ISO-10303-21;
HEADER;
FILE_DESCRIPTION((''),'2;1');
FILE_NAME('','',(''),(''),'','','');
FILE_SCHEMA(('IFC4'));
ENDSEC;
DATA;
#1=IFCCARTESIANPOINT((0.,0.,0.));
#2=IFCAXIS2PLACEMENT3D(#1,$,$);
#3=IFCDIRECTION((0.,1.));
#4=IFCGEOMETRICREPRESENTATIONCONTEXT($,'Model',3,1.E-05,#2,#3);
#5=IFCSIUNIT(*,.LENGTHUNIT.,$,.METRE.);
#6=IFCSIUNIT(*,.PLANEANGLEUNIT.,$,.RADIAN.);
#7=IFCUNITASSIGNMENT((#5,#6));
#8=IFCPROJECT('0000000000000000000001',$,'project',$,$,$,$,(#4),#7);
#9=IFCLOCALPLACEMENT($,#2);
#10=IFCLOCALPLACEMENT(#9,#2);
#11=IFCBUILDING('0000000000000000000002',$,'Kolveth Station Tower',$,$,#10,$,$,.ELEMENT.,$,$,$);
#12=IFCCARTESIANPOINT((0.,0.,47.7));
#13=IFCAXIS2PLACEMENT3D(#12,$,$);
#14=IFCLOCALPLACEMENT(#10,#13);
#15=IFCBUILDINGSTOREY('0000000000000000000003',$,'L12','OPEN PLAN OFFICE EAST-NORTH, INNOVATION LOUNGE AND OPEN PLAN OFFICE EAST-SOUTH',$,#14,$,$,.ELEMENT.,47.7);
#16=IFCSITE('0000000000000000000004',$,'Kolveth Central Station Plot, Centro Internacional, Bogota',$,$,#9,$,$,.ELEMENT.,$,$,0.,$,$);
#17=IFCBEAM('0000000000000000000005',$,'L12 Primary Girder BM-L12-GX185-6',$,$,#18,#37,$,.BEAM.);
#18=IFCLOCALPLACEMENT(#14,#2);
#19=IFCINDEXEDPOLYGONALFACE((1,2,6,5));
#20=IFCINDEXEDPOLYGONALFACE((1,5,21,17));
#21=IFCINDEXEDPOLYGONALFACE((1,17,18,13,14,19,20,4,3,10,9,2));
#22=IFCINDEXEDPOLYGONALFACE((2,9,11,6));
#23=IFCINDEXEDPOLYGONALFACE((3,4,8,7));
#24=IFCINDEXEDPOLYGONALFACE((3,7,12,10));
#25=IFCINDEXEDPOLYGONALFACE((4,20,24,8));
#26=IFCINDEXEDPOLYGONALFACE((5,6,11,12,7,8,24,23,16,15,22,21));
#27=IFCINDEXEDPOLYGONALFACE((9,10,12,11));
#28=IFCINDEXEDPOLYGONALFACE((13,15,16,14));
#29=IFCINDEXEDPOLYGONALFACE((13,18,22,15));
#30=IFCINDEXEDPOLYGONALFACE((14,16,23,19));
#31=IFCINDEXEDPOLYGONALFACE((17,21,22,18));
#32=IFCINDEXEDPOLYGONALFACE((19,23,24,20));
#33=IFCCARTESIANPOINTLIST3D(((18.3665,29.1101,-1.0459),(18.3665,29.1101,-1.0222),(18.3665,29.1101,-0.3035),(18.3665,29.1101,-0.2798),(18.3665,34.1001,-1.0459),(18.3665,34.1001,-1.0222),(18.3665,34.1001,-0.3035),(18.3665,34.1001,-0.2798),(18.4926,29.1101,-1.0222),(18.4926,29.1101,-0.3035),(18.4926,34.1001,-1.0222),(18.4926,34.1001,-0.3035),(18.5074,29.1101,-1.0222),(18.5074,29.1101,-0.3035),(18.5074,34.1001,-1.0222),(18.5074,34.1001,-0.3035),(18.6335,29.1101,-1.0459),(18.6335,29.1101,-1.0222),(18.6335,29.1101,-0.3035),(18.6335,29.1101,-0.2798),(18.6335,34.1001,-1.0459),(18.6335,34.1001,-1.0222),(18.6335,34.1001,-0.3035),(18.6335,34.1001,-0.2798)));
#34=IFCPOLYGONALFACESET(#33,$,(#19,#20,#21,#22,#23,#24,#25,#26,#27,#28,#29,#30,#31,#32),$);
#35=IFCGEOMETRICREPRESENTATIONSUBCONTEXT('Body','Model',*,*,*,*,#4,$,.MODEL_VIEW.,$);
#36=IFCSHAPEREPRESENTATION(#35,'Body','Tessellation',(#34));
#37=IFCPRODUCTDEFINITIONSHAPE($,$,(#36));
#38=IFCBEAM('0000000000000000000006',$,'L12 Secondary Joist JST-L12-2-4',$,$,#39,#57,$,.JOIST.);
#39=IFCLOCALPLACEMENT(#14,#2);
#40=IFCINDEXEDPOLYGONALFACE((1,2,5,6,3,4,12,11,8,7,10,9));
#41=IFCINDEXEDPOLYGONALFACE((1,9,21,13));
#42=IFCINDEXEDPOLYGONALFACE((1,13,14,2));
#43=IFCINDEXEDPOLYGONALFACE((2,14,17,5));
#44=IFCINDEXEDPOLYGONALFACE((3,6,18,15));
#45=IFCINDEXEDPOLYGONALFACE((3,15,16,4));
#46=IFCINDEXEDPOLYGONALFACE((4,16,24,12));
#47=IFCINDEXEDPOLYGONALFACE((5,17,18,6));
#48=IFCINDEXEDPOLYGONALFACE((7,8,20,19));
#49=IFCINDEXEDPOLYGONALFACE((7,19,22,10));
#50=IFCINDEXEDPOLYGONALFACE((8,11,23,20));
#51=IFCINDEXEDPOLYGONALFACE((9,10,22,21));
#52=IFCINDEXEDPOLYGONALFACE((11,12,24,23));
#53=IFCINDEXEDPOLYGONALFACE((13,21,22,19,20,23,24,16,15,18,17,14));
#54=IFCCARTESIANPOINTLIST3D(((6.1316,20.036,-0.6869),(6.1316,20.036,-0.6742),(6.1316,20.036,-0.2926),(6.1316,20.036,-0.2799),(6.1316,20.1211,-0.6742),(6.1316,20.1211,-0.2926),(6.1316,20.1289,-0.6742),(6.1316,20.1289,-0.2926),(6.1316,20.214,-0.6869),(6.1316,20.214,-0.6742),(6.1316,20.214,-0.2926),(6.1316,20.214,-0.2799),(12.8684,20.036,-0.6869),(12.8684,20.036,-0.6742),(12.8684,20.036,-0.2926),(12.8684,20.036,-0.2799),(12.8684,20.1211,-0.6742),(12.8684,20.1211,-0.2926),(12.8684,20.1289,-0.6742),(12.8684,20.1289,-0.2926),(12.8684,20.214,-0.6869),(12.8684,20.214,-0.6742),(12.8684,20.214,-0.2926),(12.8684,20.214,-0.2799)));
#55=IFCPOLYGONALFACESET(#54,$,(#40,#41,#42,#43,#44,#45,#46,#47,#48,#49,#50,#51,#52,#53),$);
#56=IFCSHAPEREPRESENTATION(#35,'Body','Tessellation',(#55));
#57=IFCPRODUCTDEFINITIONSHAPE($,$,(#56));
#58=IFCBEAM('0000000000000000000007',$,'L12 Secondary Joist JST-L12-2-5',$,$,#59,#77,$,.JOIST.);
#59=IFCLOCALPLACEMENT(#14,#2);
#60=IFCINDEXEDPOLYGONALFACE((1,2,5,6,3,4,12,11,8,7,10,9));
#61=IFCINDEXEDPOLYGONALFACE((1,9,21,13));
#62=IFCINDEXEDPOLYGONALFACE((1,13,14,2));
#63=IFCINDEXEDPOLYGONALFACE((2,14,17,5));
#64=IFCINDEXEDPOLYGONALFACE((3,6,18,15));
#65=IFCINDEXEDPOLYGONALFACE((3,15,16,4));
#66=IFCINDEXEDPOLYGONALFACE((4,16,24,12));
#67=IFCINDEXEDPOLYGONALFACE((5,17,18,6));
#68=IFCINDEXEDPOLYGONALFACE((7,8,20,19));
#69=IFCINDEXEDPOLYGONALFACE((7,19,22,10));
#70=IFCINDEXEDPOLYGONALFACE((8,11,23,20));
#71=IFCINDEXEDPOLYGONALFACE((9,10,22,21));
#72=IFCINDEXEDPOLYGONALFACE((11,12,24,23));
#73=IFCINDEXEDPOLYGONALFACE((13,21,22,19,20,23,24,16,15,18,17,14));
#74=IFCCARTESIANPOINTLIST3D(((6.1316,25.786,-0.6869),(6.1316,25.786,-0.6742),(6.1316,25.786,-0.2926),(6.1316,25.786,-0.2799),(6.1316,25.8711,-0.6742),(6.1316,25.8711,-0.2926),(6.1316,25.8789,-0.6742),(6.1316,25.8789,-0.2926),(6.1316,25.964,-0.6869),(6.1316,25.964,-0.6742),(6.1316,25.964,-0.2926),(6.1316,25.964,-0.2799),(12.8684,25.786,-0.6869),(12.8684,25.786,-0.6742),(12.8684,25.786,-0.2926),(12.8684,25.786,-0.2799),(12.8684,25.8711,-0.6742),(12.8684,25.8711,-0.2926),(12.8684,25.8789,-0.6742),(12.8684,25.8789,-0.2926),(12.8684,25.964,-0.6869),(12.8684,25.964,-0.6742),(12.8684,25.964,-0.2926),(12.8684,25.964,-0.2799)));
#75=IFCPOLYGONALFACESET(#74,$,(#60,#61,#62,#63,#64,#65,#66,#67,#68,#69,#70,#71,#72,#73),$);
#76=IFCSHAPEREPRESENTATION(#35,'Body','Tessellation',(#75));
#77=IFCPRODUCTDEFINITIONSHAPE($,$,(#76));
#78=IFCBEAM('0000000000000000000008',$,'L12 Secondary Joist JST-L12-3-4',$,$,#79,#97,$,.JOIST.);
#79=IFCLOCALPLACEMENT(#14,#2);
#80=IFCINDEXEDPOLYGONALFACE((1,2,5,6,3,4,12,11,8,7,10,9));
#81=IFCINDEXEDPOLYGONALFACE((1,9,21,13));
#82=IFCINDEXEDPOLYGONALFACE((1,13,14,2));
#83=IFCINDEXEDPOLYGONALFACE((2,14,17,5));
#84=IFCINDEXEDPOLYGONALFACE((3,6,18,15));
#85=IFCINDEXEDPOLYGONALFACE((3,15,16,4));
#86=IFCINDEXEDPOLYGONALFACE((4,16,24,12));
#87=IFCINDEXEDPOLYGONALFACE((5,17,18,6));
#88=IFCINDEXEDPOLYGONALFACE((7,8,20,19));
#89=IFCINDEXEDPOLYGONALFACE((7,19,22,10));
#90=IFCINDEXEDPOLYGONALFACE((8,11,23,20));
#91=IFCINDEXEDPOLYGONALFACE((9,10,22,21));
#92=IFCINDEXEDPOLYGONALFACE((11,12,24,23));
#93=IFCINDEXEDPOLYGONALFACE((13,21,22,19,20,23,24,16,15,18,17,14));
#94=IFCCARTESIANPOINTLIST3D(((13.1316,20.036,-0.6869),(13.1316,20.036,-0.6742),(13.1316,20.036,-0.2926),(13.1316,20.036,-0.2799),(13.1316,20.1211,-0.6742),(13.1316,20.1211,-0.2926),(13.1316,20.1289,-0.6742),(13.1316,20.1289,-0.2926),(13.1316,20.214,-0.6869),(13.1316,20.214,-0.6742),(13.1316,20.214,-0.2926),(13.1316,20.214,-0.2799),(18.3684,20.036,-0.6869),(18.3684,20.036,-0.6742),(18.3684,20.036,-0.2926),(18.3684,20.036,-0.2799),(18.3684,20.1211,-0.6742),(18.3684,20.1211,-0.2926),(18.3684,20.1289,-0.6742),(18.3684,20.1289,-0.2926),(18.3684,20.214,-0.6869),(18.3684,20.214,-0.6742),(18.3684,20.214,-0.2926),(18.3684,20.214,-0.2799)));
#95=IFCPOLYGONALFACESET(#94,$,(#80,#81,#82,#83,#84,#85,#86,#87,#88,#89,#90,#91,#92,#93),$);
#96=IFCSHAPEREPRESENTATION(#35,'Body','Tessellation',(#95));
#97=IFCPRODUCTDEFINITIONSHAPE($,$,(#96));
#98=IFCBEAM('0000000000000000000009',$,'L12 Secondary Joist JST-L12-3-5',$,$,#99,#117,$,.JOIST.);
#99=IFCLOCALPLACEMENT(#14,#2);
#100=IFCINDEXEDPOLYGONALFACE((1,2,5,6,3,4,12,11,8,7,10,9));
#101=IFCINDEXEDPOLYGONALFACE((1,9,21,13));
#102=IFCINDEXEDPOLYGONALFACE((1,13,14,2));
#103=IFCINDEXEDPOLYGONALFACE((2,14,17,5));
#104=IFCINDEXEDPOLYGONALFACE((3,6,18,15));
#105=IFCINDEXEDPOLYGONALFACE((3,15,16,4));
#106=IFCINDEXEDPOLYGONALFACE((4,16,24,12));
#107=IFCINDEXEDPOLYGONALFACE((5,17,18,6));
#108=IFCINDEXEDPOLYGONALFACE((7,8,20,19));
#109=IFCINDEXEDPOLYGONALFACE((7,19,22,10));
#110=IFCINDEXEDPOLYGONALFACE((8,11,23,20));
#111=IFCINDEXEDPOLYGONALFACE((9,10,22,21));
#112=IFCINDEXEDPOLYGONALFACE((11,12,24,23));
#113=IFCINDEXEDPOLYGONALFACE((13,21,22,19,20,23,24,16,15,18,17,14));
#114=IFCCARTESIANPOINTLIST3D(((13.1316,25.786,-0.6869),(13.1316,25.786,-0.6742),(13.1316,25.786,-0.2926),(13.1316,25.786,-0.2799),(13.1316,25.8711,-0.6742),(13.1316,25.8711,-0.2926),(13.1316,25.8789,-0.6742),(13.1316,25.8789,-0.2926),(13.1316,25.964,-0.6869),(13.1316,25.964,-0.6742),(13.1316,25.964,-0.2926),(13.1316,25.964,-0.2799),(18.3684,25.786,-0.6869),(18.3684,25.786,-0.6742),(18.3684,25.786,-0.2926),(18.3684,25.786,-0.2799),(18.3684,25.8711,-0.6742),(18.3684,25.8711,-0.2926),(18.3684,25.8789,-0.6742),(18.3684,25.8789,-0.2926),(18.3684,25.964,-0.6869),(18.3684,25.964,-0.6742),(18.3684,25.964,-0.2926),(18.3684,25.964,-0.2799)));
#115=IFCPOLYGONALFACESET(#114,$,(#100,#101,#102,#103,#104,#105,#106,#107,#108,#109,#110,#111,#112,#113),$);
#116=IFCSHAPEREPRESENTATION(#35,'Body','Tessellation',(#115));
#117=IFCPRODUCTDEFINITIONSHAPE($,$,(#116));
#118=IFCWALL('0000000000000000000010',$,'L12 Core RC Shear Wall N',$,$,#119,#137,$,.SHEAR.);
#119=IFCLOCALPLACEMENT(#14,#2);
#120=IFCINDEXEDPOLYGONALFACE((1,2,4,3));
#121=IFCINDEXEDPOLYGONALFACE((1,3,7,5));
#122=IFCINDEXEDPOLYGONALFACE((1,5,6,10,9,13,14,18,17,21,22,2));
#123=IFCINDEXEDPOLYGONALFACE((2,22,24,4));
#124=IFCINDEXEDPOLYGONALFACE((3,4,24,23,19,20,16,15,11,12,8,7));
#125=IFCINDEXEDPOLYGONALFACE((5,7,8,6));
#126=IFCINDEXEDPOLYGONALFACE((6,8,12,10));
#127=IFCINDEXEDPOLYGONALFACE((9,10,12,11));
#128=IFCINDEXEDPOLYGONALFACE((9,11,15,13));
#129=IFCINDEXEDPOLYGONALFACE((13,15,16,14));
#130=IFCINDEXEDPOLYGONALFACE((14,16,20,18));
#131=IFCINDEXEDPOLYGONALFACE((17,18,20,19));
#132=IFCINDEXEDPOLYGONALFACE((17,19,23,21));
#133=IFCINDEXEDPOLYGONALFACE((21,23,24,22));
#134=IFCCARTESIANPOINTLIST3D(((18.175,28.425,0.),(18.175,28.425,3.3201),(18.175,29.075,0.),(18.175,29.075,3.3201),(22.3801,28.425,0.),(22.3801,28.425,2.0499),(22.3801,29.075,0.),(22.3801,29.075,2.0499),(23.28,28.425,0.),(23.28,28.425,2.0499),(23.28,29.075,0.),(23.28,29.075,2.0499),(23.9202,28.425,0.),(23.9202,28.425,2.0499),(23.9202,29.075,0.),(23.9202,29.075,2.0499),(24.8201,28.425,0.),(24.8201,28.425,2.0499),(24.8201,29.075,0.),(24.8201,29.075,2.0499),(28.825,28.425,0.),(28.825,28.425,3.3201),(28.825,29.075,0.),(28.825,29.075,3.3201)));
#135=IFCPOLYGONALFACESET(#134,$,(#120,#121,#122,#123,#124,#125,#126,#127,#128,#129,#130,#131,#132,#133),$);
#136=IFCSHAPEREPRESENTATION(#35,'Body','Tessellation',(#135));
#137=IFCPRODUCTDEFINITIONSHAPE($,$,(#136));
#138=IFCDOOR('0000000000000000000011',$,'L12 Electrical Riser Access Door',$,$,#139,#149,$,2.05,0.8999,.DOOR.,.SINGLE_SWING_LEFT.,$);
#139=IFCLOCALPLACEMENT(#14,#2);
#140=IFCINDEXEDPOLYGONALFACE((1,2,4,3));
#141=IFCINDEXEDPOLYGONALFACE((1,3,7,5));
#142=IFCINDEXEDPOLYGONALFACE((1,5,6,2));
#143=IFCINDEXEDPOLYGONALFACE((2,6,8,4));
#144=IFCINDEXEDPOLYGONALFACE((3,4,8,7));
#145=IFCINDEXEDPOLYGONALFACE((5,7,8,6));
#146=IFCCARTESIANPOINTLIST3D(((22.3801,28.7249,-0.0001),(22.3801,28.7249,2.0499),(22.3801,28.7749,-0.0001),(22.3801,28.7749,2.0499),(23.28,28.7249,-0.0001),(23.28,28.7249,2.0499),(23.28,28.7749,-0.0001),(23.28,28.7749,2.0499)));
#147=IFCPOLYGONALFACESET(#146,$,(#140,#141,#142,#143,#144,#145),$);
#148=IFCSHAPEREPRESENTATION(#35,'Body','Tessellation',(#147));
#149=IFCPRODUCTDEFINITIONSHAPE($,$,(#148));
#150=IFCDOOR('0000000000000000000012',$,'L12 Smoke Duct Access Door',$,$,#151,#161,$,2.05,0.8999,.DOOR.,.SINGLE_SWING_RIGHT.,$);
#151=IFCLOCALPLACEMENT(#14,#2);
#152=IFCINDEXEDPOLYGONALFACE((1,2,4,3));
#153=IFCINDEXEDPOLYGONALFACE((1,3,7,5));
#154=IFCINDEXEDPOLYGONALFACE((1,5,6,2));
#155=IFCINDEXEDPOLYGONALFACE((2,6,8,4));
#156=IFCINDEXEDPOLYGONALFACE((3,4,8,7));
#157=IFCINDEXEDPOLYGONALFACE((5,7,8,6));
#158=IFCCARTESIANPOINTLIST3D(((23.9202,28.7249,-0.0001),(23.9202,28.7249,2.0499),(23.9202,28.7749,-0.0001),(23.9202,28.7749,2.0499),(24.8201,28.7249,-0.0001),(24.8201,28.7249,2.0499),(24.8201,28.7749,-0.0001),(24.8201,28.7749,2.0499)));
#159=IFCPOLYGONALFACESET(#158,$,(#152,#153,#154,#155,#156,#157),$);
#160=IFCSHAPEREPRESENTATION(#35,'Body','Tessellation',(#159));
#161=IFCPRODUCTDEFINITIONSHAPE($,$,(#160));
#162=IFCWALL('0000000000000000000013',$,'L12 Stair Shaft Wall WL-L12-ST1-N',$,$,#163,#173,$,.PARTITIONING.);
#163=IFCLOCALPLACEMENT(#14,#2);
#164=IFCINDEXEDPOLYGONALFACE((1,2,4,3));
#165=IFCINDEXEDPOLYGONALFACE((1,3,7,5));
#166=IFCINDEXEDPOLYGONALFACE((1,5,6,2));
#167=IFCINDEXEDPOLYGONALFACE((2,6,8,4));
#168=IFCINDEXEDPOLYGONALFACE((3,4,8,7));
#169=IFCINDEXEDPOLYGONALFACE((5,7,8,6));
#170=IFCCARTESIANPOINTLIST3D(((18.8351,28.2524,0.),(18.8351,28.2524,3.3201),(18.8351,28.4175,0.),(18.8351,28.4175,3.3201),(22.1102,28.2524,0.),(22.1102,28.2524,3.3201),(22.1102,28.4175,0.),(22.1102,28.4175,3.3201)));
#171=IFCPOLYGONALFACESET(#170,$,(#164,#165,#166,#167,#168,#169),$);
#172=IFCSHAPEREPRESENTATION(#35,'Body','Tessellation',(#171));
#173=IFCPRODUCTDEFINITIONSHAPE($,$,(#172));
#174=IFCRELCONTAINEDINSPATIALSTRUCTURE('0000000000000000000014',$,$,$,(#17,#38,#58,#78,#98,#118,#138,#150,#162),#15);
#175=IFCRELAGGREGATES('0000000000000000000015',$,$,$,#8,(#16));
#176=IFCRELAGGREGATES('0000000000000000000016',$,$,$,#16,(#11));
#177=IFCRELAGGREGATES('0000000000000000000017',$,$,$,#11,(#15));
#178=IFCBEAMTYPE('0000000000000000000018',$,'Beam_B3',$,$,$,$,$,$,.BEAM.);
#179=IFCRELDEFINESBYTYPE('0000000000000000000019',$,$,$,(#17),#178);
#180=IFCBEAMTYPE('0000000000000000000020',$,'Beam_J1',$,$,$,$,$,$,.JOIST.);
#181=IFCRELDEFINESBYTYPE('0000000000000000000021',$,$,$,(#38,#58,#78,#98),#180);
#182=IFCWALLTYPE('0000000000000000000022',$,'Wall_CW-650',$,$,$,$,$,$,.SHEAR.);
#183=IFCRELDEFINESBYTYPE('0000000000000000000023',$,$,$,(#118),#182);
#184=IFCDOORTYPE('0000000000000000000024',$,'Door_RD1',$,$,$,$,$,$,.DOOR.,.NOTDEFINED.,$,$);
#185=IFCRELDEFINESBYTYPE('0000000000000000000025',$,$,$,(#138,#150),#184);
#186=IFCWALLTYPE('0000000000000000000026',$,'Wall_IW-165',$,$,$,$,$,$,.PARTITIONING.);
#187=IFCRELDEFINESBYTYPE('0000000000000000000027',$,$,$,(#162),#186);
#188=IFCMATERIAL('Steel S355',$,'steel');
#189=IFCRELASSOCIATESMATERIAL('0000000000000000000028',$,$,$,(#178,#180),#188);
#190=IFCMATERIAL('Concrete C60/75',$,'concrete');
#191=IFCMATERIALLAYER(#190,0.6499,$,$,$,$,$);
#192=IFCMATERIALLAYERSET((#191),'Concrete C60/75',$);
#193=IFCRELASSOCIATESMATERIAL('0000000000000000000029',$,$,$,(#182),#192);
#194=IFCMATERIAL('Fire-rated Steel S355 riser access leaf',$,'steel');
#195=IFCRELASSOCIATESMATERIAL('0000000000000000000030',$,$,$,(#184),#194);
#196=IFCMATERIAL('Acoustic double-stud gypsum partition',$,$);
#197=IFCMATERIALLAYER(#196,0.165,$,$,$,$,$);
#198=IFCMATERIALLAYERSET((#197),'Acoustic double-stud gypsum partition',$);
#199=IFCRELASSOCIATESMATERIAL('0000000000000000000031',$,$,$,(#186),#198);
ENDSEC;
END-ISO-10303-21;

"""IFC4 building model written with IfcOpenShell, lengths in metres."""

from ifc_helpers import new_model, si_unit, direction, frame, frame_2d, origin, origin_2d, place, context, subcontext, project, spatial, rectangle, i_section, extrude, source, transform, mapped, material, layer, layer_set, material_profile, profile_set, type_object, element, fill, save


model = new_model("IFC4")

# Units and contexts
model_context = context("Model", 3, precision=1e-05, world=origin(), true_north=direction((0.0, 1.0)))
body_context = subcontext(model_context, "Body", "Model", "MODEL_VIEW")
ifc_project = project(units=[si_unit("LENGTHUNIT", "METRE"), si_unit("PLANEANGLEUNIT", "RADIAN")], contexts=[model_context])

# Site, building, storey
site_placement = place(None, origin())
site = spatial("IfcSite", under=ifc_project, at=site_placement, Name="Kolveth Central Station Plot, Centro Internacional, Bogota", CompositionType="ELEMENT", RefElevation=0.0)
building_placement = place(site_placement, origin())
building = spatial("IfcBuilding", under=site, at=building_placement, Name="Kolveth Station Tower", CompositionType="ELEMENT")
storey_placement = place(building_placement, frame((0.0, 0.0, 47.7)))
storey = spatial("IfcBuildingStorey", under=building, at=storey_placement, Name="L12", Description="OPEN PLAN OFFICE EAST-NORTH, INNOVATION LOUNGE AND OPEN PLAN OFFICE EAST-SOUTH", CompositionType="ELEMENT", Elevation=47.7)

# Beams
ifc_material_1 = material(Name="Steel S355", Category="steel")
ifc_material_profile_1 = material_profile(ifc_material_1, i_section(OverallWidth=0.2671, OverallDepth=0.7661, WebThickness=0.0149, FlangeThickness=0.0237, at=origin_2d()), Name="W760x185")
ifc_profile_set_1 = profile_set([ifc_material_profile_1], Name="Steel S355")
beam_type_1 = type_object("IfcBeamType", Name="Beam_B3", PredefinedType="BEAM", material=ifc_profile_set_1)
shared_shape_1 = source(origin(), body_context, "Body", "SweptSolid", [
    extrude(i_section(OverallWidth=0.2671, OverallDepth=0.7661, WebThickness=0.0149, FlangeThickness=0.0237, at=origin_2d()), origin(), (0.0, 0.0, 1.0), 4.99),
])
beam_1_placement = place(storey_placement, frame((18.5, 29.1101, -0.6628), z_axis=(0.0, 1.0, 0.0), x_axis=(-1.0, 0.0, 0.0)))
element("IfcBeam", 1, at=beam_1_placement, inside=storey, type_object=beam_type_1, Name="L12 Primary Girder BM-L12-GX185-6", PredefinedType="BEAM", context=body_context, shape_type="MappedRepresentation", body=[
    mapped(shared_shape_1, transform((0.0, 0.0, 0.0), x_axis=(1.0, 0.0, 0.0), y_axis=(0.0, 1.0, 0.0), z_axis=(0.0, 0.0, 1.0), scale=1.0)),
])
ifc_material_profile_2 = material_profile(ifc_material_1, i_section(OverallWidth=0.178, OverallDepth=0.407, WebThickness=0.0078, FlangeThickness=0.0127, at=origin_2d()), Name="W410x60")
ifc_profile_set_2 = profile_set([ifc_material_profile_2], Name="Steel S355")
beam_type_2 = type_object("IfcBeamType", Name="Beam_J1", PredefinedType="JOIST", material=ifc_profile_set_2)
shared_shape_2 = source(origin(), body_context, "Body", "SweptSolid", [
    extrude(i_section(OverallWidth=0.178, OverallDepth=0.407, WebThickness=0.0078, FlangeThickness=0.0127, at=origin_2d()), origin(), (0.0, 0.0, 1.0), 6.7368),
])
for number, where, z_axis, x_axis, name in (
    (2, (6.1316, 20.125, -0.4834), (1.0, 0.0, 0.0), (0.0, 1.0, 0.0), "L12 Secondary Joist JST-L12-2-4"),
    (3, (6.1316, 25.875, -0.4834), (1.0, 0.0, 0.0), (0.0, 1.0, 0.0), "L12 Secondary Joist JST-L12-2-5"),
):
    element("IfcBeam", number, at=place(storey_placement, frame(where, z_axis=z_axis, x_axis=x_axis)), inside=storey, type_object=beam_type_2, Name=name, PredefinedType="JOIST", context=body_context, shape_type="MappedRepresentation", body=[
        mapped(shared_shape_2, transform((0.0, 0.0, 0.0), x_axis=(1.0, 0.0, 0.0), y_axis=(0.0, 1.0, 0.0), z_axis=(0.0, 0.0, 1.0), scale=1.0)),
    ])
shared_shape_3 = source(origin(), body_context, "Body", "SweptSolid", [
    extrude(i_section(OverallWidth=0.178, OverallDepth=0.407, WebThickness=0.0078, FlangeThickness=0.0127, at=origin_2d()), origin(), (0.0, 0.0, 1.0), 5.2368),
])
for number, where, z_axis, x_axis, name in (
    (4, (13.1316, 20.125, -0.4834), (1.0, 0.0, 0.0), (0.0, 1.0, 0.0), "L12 Secondary Joist JST-L12-3-4"),
    (5, (13.1316, 25.875, -0.4834), (1.0, 0.0, 0.0), (0.0, 1.0, 0.0), "L12 Secondary Joist JST-L12-3-5"),
):
    element("IfcBeam", number, at=place(storey_placement, frame(where, z_axis=z_axis, x_axis=x_axis)), inside=storey, type_object=beam_type_2, Name=name, PredefinedType="JOIST", context=body_context, shape_type="MappedRepresentation", body=[
        mapped(shared_shape_3, transform((0.0, 0.0, 0.0), x_axis=(1.0, 0.0, 0.0), y_axis=(0.0, 1.0, 0.0), z_axis=(0.0, 0.0, 1.0), scale=1.0)),
    ])

# Wall, openings, doors
ifc_material_2 = material(Name="Concrete C60/75", Category="concrete")
ifc_layer_1 = layer(ifc_material_2, 0.6499)
ifc_layer_set_1 = layer_set([ifc_layer_1], Name="Concrete C60/75")
wall_type_1 = type_object("IfcWallType", Name="Wall_CW-650", PredefinedType="SHEAR", material=ifc_layer_set_1)
wall_1_placement = place(storey_placement, frame((18.175, 28.75, 0.0), z_axis=(0.0, 0.0, 1.0), x_axis=(1.0, 0.0, 0.0)))
wall_1 = element("IfcWall", 6, at=wall_1_placement, inside=storey, type_object=wall_type_1, Name="L12 Core RC Shear Wall N", PredefinedType="SHEAR", context=body_context, shape_type="SweptSolid", body=[
    extrude(rectangle(XDim=10.6499, YDim=0.6499, at=frame_2d((5.325, 0.0))), origin(), (0.0, 0.0, 1.0), 3.3201),
])
opening_1_placement = place(wall_1_placement, frame((4.2051, 0.0, 0.0)))
opening_1 = element("IfcOpeningElement", 7, at=opening_1_placement, cuts=wall_1, PredefinedType="OPENING", context=body_context, shape_type="SweptSolid", body=[
    extrude(rectangle(XDim=0.8999, YDim=2.05, at=frame_2d((0.45, 1.0249))), frame((0.0, 0.335, 0.0), z_axis=(0.0, -1.0, 0.0), x_axis=(1.0, 0.0, 0.0)), (0.0, 0.0, 1.0), 0.6699),
])
opening_2_placement = place(wall_1_placement, frame((5.7451, 0.0, 0.0)))
opening_2 = element("IfcOpeningElement", 8, at=opening_2_placement, cuts=wall_1, PredefinedType="OPENING", context=body_context, shape_type="SweptSolid", body=[
    extrude(rectangle(XDim=0.8999, YDim=2.05, at=frame_2d((0.45, 1.0249))), frame((0.0, 0.335, 0.0), z_axis=(0.0, -1.0, 0.0), x_axis=(1.0, 0.0, 0.0)), (0.0, 0.0, 1.0), 0.6699),
])
ifc_material_3 = material(Name="Fire-rated Steel S355 riser access leaf", Category="steel")
door_type_1 = type_object("IfcDoorType", Name="Door_RD1", OperationType="NOTDEFINED", PredefinedType="DOOR", material=ifc_material_3)
door_1_placement = place(opening_1_placement, origin())
door_1 = element("IfcDoor", 9, at=door_1_placement, inside=storey, type_object=door_type_1, Name="L12 Electrical Riser Access Door", OperationType="SINGLE_SWING_LEFT", OverallHeight=2.05, OverallWidth=0.8999, PredefinedType="DOOR", context=body_context, shape_type="SweptSolid", body=[
    extrude(rectangle(XDim=0.8999, YDim=2.05, at=frame_2d((0.45, 1.0249))), frame((0.0, 0.0249, 0.0), z_axis=(0.0, -1.0, 0.0), x_axis=(1.0, 0.0, 0.0)), (0.0, 0.0, 1.0), 0.05),
])
fill(opening_1, door_1)
door_2_placement = place(opening_2_placement, origin())
door_2 = element("IfcDoor", 10, at=door_2_placement, inside=storey, type_object=door_type_1, Name="L12 Smoke Duct Access Door", OperationType="SINGLE_SWING_RIGHT", OverallHeight=2.05, OverallWidth=0.8999, PredefinedType="DOOR", context=body_context, shape_type="SweptSolid", body=[
    extrude(rectangle(XDim=0.8999, YDim=2.05, at=frame_2d((0.45, 1.0249))), frame((0.0, 0.0249, 0.0), z_axis=(0.0, -1.0, 0.0), x_axis=(1.0, 0.0, 0.0)), (0.0, 0.0, 1.0), 0.05),
])
fill(opening_2, door_2)

# Wall
ifc_material_4 = material(Name="Acoustic double-stud gypsum partition")
ifc_layer_2 = layer(ifc_material_4, 0.165)
ifc_layer_set_2 = layer_set([ifc_layer_2], Name="Acoustic double-stud gypsum partition")
wall_type_2 = type_object("IfcWallType", Name="Wall_IW-165", PredefinedType="PARTITIONING", material=ifc_layer_set_2)
wall_2_placement = place(storey_placement, frame((18.835, 28.335, 0.0), z_axis=(0.0, 0.0, 1.0), x_axis=(1.0, 0.0, 0.0)))
element("IfcWall", 11, at=wall_2_placement, inside=storey, type_object=wall_type_2, Name="L12 Stair Shaft Wall WL-L12-ST1-N", PredefinedType="PARTITIONING", context=body_context, shape_type="SweptSolid", body=[
    extrude(rectangle(XDim=3.2751, YDim=0.165, at=frame_2d((1.6377, 0.0))), origin(), (0.0, 0.0, 1.0), 3.3201),
])

save(model, "model.ifc")
